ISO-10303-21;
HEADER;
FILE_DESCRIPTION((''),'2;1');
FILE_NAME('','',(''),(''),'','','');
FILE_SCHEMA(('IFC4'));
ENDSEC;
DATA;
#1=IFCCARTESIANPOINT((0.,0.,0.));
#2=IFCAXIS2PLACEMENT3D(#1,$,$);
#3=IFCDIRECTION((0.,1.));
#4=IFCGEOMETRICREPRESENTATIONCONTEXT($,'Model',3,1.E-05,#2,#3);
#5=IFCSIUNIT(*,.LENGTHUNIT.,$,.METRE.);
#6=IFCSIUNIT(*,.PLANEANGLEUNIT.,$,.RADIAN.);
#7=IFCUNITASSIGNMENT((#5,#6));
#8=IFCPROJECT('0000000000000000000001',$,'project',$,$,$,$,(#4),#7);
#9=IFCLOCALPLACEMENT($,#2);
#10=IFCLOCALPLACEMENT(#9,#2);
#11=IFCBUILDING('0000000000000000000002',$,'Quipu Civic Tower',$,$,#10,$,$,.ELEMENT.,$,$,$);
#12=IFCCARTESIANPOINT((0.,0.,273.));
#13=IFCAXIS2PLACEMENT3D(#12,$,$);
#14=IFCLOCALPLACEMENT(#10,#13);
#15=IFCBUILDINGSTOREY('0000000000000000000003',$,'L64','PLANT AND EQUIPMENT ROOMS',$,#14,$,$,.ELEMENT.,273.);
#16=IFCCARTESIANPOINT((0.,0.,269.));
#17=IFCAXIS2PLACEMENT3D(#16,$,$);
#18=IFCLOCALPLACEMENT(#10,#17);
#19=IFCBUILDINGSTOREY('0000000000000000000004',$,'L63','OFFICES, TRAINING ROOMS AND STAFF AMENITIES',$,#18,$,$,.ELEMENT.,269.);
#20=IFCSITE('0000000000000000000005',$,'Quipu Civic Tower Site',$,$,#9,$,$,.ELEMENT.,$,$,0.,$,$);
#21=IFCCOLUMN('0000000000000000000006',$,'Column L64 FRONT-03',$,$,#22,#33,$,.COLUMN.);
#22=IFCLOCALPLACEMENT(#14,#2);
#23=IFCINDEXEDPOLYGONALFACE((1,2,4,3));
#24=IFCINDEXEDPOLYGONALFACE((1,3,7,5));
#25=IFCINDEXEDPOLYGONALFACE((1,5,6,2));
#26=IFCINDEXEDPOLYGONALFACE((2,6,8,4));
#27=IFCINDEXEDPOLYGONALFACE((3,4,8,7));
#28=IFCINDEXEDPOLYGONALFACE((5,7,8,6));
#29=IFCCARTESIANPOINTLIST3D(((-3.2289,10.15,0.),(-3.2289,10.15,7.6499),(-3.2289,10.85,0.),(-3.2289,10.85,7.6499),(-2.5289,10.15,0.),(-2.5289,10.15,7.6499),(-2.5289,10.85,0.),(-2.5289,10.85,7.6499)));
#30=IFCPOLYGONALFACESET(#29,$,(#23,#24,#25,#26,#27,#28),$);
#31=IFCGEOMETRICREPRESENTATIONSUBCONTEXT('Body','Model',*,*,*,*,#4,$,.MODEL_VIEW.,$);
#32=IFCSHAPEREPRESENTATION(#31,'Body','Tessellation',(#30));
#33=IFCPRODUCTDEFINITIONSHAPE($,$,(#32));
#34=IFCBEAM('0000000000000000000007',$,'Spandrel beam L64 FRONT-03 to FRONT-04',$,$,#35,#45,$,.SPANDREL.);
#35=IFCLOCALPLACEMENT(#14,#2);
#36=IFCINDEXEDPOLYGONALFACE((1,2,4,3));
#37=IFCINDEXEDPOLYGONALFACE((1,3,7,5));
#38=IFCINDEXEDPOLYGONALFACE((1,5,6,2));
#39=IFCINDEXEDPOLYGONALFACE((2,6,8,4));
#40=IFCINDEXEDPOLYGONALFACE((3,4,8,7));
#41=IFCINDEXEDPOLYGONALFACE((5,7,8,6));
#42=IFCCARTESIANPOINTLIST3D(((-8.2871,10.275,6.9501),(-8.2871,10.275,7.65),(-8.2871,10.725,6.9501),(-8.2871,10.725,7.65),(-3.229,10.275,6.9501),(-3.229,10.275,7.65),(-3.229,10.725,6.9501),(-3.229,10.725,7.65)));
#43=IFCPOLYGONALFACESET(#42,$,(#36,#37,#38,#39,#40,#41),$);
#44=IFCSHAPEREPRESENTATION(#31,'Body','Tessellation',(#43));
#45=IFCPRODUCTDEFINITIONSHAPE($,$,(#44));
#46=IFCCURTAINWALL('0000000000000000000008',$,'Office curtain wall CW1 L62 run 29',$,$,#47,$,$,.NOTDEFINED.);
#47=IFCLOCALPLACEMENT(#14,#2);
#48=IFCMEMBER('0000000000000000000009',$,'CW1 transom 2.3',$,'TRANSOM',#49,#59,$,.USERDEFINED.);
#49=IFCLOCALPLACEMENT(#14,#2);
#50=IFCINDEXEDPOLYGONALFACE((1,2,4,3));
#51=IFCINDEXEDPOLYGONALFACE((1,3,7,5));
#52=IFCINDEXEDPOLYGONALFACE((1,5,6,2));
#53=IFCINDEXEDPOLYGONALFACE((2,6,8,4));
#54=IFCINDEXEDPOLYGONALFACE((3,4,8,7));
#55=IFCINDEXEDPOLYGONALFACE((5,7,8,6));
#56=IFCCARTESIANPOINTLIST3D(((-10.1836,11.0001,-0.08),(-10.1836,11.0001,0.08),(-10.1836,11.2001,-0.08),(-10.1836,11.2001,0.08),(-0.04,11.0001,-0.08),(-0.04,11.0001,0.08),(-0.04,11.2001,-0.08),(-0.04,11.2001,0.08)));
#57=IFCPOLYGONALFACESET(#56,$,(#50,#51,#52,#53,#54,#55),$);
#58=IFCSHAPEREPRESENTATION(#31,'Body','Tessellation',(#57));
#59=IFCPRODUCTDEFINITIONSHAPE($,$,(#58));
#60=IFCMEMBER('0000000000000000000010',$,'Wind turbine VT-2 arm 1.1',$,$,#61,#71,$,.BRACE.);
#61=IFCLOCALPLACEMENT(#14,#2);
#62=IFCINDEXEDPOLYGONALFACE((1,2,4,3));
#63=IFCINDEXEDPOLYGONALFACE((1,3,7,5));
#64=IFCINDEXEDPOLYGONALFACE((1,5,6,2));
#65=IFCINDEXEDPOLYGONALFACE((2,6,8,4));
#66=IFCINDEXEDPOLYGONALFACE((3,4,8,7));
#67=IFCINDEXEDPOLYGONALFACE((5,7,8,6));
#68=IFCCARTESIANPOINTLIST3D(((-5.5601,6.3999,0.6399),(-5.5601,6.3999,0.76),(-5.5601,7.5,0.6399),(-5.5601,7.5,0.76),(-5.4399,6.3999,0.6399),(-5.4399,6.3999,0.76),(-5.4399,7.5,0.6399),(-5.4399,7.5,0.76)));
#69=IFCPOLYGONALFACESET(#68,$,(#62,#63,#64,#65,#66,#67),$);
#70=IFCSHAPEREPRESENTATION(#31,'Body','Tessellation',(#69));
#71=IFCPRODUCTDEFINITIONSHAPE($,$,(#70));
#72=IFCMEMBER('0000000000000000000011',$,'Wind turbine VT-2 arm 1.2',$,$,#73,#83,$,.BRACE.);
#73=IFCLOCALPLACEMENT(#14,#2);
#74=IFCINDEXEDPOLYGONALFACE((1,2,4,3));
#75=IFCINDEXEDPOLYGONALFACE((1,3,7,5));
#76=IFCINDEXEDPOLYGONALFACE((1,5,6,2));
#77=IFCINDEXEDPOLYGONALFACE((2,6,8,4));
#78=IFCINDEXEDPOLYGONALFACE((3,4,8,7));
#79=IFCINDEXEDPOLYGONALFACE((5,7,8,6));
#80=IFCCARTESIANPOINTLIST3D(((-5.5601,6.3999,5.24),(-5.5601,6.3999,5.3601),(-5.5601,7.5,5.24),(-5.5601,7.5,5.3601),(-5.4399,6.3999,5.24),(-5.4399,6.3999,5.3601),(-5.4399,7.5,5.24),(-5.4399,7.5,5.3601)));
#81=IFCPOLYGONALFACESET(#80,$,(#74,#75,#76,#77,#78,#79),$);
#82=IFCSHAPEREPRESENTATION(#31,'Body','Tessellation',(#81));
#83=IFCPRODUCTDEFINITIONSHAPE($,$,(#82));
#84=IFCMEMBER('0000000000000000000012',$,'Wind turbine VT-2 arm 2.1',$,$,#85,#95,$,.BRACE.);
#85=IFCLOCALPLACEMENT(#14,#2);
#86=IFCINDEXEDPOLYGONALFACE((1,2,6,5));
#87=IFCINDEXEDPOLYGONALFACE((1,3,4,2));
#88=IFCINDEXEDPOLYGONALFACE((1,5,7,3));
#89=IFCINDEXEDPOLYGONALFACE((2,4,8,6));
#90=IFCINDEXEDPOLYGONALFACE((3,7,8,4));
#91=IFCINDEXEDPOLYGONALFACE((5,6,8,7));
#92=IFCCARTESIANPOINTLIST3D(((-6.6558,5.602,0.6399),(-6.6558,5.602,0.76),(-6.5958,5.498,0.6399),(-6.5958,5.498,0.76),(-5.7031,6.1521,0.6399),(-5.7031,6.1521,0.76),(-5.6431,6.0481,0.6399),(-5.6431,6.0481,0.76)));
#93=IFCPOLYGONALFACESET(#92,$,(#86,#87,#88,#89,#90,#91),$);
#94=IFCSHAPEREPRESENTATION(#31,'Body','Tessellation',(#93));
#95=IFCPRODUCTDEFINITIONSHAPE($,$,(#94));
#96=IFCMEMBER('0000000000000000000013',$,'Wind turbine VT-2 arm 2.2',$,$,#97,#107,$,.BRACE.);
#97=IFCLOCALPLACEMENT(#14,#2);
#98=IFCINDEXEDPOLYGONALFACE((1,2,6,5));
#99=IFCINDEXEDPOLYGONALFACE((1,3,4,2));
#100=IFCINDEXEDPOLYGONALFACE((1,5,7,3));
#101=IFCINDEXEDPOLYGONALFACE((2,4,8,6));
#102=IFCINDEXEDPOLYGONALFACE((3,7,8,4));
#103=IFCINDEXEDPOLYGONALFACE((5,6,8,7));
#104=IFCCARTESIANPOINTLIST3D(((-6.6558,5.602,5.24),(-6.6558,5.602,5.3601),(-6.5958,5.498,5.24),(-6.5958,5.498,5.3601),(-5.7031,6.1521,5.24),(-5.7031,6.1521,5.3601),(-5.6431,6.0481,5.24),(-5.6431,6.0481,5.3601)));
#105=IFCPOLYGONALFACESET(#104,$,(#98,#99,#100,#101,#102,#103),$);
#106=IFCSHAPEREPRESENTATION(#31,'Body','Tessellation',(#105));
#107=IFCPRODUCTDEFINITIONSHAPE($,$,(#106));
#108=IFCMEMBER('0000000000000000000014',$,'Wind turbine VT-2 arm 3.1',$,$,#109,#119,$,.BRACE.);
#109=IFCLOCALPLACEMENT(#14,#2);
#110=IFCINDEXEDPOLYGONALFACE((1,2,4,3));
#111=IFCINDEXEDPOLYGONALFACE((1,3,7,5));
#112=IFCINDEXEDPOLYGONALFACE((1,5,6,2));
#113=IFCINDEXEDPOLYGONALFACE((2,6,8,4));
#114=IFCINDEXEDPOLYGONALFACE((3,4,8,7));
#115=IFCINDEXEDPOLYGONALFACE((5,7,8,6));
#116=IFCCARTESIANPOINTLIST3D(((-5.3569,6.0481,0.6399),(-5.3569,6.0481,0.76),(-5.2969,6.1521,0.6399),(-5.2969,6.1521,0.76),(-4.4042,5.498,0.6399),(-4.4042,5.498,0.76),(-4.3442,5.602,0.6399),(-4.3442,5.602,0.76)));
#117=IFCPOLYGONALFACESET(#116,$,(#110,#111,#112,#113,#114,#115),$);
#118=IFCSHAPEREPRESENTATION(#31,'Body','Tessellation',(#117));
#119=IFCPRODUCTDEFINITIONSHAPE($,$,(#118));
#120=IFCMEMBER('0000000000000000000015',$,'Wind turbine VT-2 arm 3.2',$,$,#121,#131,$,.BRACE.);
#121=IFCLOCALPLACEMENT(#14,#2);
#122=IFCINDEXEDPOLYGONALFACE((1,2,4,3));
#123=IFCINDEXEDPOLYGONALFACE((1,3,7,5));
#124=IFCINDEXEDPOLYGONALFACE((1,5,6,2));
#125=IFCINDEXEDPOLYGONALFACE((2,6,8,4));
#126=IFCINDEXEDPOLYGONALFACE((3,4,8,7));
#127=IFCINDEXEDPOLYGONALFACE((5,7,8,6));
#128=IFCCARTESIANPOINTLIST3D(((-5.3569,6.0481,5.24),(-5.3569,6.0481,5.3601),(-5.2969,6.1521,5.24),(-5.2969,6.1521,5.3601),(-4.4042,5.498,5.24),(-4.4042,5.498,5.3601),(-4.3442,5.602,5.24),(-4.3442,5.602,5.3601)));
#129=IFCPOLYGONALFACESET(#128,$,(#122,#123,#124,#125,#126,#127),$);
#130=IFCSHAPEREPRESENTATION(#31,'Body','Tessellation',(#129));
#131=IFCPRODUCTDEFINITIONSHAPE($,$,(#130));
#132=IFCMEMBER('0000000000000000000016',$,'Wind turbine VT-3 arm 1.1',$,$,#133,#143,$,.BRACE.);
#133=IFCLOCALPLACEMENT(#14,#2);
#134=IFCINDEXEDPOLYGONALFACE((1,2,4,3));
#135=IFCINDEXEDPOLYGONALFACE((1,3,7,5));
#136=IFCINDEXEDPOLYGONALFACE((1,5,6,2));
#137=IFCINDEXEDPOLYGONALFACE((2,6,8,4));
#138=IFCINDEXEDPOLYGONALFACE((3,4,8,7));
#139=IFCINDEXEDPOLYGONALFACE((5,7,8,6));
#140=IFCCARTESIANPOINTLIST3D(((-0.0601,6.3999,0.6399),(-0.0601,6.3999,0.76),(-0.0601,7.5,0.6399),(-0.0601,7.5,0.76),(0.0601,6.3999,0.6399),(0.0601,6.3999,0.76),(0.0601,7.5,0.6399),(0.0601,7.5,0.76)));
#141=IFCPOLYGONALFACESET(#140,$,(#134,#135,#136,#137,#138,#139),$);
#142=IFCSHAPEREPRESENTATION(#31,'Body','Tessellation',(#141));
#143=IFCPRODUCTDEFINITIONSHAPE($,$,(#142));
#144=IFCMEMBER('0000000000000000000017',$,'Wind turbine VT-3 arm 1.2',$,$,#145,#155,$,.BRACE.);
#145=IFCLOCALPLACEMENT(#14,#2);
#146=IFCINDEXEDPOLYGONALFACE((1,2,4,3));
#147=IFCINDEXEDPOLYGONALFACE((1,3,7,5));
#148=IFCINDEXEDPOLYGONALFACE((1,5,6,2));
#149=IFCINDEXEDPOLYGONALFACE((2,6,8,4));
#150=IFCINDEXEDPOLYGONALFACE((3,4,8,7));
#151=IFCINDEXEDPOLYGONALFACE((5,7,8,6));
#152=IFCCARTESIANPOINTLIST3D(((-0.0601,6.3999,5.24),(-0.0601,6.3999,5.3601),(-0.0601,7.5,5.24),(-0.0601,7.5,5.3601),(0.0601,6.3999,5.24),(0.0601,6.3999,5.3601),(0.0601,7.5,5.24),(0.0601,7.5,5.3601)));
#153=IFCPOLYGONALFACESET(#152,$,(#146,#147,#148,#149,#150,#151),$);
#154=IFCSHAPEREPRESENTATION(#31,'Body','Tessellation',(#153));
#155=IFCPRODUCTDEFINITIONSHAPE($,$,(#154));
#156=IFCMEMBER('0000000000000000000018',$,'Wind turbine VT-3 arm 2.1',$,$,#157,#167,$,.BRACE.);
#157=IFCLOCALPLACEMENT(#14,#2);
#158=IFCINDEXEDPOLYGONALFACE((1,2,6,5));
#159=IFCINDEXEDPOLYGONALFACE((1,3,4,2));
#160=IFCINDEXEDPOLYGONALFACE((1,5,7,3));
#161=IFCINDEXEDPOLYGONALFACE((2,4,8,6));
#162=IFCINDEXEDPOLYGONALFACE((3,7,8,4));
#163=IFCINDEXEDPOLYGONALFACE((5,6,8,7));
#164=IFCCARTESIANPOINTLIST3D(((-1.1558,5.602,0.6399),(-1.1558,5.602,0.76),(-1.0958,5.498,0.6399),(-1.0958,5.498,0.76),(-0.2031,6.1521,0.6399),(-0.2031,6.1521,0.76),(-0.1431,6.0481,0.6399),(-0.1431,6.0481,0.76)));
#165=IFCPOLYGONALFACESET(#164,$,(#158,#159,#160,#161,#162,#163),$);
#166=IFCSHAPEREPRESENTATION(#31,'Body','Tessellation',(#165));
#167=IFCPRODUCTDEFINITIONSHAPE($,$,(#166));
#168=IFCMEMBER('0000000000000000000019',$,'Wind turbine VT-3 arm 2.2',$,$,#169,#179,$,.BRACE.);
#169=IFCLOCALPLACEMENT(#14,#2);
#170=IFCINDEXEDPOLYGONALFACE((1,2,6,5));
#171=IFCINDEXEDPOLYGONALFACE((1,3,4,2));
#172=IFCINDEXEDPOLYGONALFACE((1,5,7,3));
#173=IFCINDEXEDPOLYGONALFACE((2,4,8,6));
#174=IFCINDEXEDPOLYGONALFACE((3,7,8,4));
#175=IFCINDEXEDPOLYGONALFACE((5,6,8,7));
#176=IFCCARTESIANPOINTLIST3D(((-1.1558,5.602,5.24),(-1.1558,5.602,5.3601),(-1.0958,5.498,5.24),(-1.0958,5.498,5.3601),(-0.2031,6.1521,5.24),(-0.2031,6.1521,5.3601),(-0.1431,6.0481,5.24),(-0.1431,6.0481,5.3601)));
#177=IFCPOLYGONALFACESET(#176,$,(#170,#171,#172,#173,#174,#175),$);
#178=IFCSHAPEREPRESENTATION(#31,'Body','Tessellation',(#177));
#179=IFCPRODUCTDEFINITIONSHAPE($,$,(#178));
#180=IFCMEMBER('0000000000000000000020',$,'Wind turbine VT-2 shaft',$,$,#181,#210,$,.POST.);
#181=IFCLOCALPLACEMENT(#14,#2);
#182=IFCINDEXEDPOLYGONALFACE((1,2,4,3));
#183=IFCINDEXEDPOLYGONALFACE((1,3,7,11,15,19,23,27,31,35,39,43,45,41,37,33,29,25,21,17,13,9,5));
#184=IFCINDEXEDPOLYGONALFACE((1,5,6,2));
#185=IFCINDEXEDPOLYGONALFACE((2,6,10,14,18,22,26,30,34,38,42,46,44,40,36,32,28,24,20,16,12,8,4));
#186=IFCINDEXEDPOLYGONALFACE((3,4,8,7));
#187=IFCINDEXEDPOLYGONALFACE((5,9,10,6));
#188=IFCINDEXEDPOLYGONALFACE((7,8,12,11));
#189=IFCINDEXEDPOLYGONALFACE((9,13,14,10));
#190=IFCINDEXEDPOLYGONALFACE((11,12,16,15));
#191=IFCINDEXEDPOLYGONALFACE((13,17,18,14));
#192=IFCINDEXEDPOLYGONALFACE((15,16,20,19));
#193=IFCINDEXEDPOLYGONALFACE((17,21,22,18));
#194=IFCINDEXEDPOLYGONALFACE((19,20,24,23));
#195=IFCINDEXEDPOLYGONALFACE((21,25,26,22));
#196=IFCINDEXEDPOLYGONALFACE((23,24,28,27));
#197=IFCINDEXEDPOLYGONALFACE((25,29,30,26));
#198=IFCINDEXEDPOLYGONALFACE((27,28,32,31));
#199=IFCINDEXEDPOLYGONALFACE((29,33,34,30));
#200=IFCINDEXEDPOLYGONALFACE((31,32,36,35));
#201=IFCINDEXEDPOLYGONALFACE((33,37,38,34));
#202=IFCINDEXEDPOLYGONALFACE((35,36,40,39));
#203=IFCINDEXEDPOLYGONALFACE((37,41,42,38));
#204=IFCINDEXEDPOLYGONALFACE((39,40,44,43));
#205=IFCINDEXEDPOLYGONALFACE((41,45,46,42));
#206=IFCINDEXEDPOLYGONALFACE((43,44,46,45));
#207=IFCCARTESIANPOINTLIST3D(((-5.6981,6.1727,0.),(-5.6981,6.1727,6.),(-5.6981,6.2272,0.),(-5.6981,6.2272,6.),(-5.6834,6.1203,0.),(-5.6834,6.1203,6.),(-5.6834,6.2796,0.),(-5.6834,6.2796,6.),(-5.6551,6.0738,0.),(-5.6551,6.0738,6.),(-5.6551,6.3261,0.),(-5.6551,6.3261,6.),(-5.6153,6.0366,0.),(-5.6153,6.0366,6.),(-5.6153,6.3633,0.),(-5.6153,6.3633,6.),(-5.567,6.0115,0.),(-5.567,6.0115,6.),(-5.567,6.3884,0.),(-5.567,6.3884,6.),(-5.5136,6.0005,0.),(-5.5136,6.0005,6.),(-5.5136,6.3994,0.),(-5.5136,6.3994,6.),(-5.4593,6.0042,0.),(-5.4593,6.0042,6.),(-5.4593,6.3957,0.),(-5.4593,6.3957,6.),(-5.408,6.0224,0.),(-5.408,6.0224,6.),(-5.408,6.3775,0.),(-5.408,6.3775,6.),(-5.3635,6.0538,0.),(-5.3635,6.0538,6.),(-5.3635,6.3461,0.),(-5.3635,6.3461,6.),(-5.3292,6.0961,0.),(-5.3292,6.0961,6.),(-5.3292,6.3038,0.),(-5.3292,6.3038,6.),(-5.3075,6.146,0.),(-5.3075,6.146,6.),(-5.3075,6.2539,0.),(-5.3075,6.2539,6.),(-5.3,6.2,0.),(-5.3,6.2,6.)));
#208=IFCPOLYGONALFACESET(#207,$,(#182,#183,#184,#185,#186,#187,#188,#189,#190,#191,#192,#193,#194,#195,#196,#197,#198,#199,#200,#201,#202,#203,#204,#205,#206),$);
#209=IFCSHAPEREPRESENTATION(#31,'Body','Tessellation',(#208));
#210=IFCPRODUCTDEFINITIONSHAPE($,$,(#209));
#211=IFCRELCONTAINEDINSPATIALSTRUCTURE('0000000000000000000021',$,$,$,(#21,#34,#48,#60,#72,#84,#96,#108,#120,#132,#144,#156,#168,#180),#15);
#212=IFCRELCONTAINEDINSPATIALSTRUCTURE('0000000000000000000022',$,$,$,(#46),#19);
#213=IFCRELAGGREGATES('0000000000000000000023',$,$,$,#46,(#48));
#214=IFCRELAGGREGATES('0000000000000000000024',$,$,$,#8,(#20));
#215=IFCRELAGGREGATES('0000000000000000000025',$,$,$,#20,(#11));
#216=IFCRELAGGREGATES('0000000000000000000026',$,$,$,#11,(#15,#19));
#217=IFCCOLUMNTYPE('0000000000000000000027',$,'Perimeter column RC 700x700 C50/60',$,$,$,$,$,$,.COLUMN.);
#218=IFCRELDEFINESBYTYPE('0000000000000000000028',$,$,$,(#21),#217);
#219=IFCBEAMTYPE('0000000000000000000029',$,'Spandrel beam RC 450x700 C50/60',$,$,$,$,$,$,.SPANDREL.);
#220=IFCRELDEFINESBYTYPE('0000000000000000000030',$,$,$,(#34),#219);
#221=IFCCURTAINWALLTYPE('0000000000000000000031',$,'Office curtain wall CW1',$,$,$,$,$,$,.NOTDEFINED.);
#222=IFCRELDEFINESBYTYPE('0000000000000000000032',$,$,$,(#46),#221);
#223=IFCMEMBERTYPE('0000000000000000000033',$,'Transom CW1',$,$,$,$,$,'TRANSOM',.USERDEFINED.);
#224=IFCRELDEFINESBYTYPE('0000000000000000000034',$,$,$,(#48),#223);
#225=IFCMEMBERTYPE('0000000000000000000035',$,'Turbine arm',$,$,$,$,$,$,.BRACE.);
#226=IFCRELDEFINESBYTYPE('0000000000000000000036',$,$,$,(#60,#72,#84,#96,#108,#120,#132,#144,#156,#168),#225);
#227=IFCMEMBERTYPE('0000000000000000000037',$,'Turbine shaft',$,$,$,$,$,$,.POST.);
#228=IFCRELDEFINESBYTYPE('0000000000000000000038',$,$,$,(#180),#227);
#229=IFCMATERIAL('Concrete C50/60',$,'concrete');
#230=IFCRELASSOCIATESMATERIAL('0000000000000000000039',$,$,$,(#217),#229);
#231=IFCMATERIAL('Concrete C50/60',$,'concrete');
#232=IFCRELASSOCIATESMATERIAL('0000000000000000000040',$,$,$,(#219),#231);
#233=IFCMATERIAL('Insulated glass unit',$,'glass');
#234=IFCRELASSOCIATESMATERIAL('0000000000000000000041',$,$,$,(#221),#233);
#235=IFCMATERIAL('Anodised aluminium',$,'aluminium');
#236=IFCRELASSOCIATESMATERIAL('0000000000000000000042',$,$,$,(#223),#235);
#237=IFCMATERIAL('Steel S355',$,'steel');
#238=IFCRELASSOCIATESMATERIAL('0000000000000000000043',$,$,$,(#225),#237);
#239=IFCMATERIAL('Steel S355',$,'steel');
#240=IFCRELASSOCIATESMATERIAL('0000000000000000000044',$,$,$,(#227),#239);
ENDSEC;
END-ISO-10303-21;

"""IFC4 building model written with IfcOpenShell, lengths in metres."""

from ifc_helpers import new_model, si_unit, direction, frame, origin, origin_2d, place, context, subcontext, project, spatial, rectangle, circle, extrude, material, material_profile, profile_set, type_object, element, aggregate, save


model = new_model("IFC4")

# Units and contexts
model_context = context("Model", 3, precision=1e-05, world=origin(), true_north=direction((0.0, 1.0)))
body_context = subcontext(model_context, "Body", "Model", "MODEL_VIEW")
ifc_project = project(units=[si_unit("LENGTHUNIT", "METRE"), si_unit("PLANEANGLEUNIT", "RADIAN")], contexts=[model_context])

# Site, building, storey
site_placement = place(None, origin())
site = spatial("IfcSite", under=ifc_project, at=site_placement, Name="Quipu Civic Tower Site", CompositionType="ELEMENT", RefElevation=0.0)
building_placement = place(site_placement, origin())
building = spatial("IfcBuilding", under=site, at=building_placement, Name="Quipu Civic Tower", CompositionType="ELEMENT")
storey_1_placement = place(building_placement, frame((0.0, 0.0, 273.0)))
storey_1 = spatial("IfcBuildingStorey", under=building, at=storey_1_placement, Name="L64", Description="PLANT AND EQUIPMENT ROOMS", CompositionType="ELEMENT", Elevation=273.0)

# Column
ifc_material_1 = material(Name="Concrete C50/60", Category="concrete")
ifc_material_profile_1 = material_profile(ifc_material_1, rectangle(XDim=0.7, YDim=0.7, at=origin_2d()), Name="RC700x700")
ifc_profile_set_1 = profile_set([ifc_material_profile_1], Name="Concrete C50/60")
column_type = type_object("IfcColumnType", Name="Perimeter column RC 700x700 C50/60", PredefinedType="COLUMN", material=ifc_profile_set_1)
column_placement = place(storey_1_placement, frame((-2.8789, 10.5, 0.0), z_axis=(0.0, 0.0, 1.0), x_axis=(-1.0, 0.0, 0.0)))
element("IfcColumn", 1, at=column_placement, inside=storey_1, type_object=column_type, Name="Column L64 FRONT-03", PredefinedType="COLUMN", context=body_context, shape_type="SweptSolid", body=[
    extrude(rectangle(XDim=0.7, YDim=0.7, at=origin_2d()), origin(), (0.0, 0.0, 1.0), 7.6499),
])

# Beam
ifc_material_2 = material(Name="Concrete C50/60", Category="concrete")
ifc_material_profile_2 = material_profile(ifc_material_2, rectangle(XDim=0.45, YDim=0.7, at=origin_2d()), Name="RC450x700")
ifc_profile_set_2 = profile_set([ifc_material_profile_2], Name="Concrete C50/60")
beam_type = type_object("IfcBeamType", Name="Spandrel beam RC 450x700 C50/60", PredefinedType="SPANDREL", material=ifc_profile_set_2)
beam_placement = place(storey_1_placement, frame((-3.229, 10.5, 7.3), z_axis=(-1.0, 0.0, 0.0), x_axis=(0.0, -1.0, 0.0)))
element("IfcBeam", 2, at=beam_placement, inside=storey_1, type_object=beam_type, Name="Spandrel beam L64 FRONT-03 to FRONT-04", PredefinedType="SPANDREL", context=body_context, shape_type="SweptSolid", body=[
    extrude(rectangle(XDim=0.45, YDim=0.7, at=origin_2d()), origin(), (0.0, 0.0, 1.0), 5.0581),
])

# Shared definitions
storey_2_placement = place(building_placement, frame((0.0, 0.0, 269.0)))
storey_2 = spatial("IfcBuildingStorey", under=building, at=storey_2_placement, Name="L63", Description="OFFICES, TRAINING ROOMS AND STAFF AMENITIES", CompositionType="ELEMENT", Elevation=269.0)

# Curtain wall, member
ifc_material_3 = material(Name="Insulated glass unit", Category="glass")
curtain_wall_type = type_object("IfcCurtainWallType", Name="Office curtain wall CW1", PredefinedType="NOTDEFINED", material=ifc_material_3)
curtain_wall_placement = place(storey_2_placement, origin())
curtain_wall = element("IfcCurtainWall", 3, at=curtain_wall_placement, inside=storey_2, type_object=curtain_wall_type, Name="Office curtain wall CW1 L62 run 29", PredefinedType="NOTDEFINED")
ifc_material_4 = material(Name="Anodised aluminium", Category="aluminium")
ifc_material_profile_3 = material_profile(ifc_material_4, rectangle(XDim=0.2, YDim=0.1599, at=origin_2d()), Name="RECT 200x160")
ifc_profile_set_3 = profile_set([ifc_material_profile_3], Name="Anodised aluminium")
member_type_1 = type_object("IfcMemberType", Name="Transom CW1", ElementType="TRANSOM", PredefinedType="USERDEFINED", material=ifc_profile_set_3)
member_placement = place(storey_1_placement, frame((-0.04, 11.1001, 0.0), z_axis=(-1.0, 0.0, 0.0), x_axis=(0.0, -1.0, 0.0)))
member = element("IfcMember", 4, at=member_placement, inside=storey_1, type_object=member_type_1, Name="CW1 transom 2.3", ObjectType="TRANSOM", PredefinedType="USERDEFINED", context=body_context, shape_type="SweptSolid", body=[
    extrude(rectangle(XDim=0.2, YDim=0.1599, at=origin_2d()), origin(), (0.0, 0.0, 1.0), 10.1436),
])
aggregate(curtain_wall, [member])

# Members
ifc_material_5 = material(Name="Steel S355", Category="steel")
ifc_material_profile_4 = material_profile(ifc_material_5, rectangle(XDim=0.1201, YDim=0.1201, at=origin_2d()), Name="RECT 120x120")
ifc_profile_set_4 = profile_set([ifc_material_profile_4], Name="Steel S355")
member_type_2 = type_object("IfcMemberType", Name="Turbine arm", PredefinedType="BRACE", material=ifc_profile_set_4)
for number, where, z_axis, x_axis, name in (
    (5, (-5.5, 6.3999, 0.7), (0.0, 1.0, 0.0), (-1.0, 0.0, 0.0), "Wind turbine VT-2 arm 1.1"),
    (6, (-5.5, 6.3999, 5.3), (0.0, 1.0, 0.0), (-1.0, 0.0, 0.0), "Wind turbine VT-2 arm 1.2"),
    (7, (-5.6731, 6.1001, 0.7), (-0.866008, -0.50003, 0.0), (0.50003, -0.866008, 0.0), "Wind turbine VT-2 arm 2.1"),
    (8, (-5.6731, 6.1001, 5.3), (-0.866008, -0.50003, 0.0), (0.50003, -0.866008, 0.0), "Wind turbine VT-2 arm 2.2"),
    (9, (-5.3269, 6.1001, 0.7), (0.866008, -0.50003, 0.0), (0.50003, 0.866008, 0.0), "Wind turbine VT-2 arm 3.1"),
    (10, (-5.3269, 6.1001, 5.3), (0.866008, -0.50003, 0.0), (0.50003, 0.866008, 0.0), "Wind turbine VT-2 arm 3.2"),
    (11, (0.0, 6.3999, 0.7), (0.0, 1.0, 0.0), (-1.0, 0.0, 0.0), "Wind turbine VT-3 arm 1.1"),
    (12, (0.0, 6.3999, 5.3), (0.0, 1.0, 0.0), (-1.0, 0.0, 0.0), "Wind turbine VT-3 arm 1.2"),
    (13, (-0.1731, 6.1001, 0.7), (-0.866008, -0.50003, 0.0), (0.50003, -0.866008, 0.0), "Wind turbine VT-3 arm 2.1"),
    (14, (-0.1731, 6.1001, 5.3), (-0.866008, -0.50003, 0.0), (0.50003, -0.866008, 0.0), "Wind turbine VT-3 arm 2.2"),
):
    element("IfcMember", number, at=place(storey_1_placement, frame(where, z_axis=z_axis, x_axis=x_axis)), inside=storey_1, type_object=member_type_2, Name=name, PredefinedType="BRACE", context=body_context, shape_type="SweptSolid", body=[
        extrude(rectangle(XDim=0.1201, YDim=0.1201, at=origin_2d()), origin(), (0.0, 0.0, 1.0), 1.1001),
    ])
ifc_material_6 = material(Name="Steel S355", Category="steel")
ifc_material_profile_5 = material_profile(ifc_material_6, circle(Radius=0.2, at=origin_2d()), Name="CIRCLE 400")
ifc_profile_set_5 = profile_set([ifc_material_profile_5], Name="Steel S355")
member_type_3 = type_object("IfcMemberType", Name="Turbine shaft", PredefinedType="POST", material=ifc_profile_set_5)
for number, where, z_axis, x_axis, name in (
    (15, (-5.5, 6.2, 0.0), (0.0, 0.0, 1.0), (1.0, 0.0, 0.0), "Wind turbine VT-2 shaft"),
):
    element("IfcMember", number, at=place(storey_1_placement, frame(where, z_axis=z_axis, x_axis=x_axis)), inside=storey_1, type_object=member_type_3, Name=name, PredefinedType="POST", context=body_context, shape_type="SweptSolid", body=[
        extrude(circle(Radius=0.2, at=origin_2d()), origin(), (0.0, 0.0, 1.0), 6.0),
    ])

save(model, "model.ifc")
